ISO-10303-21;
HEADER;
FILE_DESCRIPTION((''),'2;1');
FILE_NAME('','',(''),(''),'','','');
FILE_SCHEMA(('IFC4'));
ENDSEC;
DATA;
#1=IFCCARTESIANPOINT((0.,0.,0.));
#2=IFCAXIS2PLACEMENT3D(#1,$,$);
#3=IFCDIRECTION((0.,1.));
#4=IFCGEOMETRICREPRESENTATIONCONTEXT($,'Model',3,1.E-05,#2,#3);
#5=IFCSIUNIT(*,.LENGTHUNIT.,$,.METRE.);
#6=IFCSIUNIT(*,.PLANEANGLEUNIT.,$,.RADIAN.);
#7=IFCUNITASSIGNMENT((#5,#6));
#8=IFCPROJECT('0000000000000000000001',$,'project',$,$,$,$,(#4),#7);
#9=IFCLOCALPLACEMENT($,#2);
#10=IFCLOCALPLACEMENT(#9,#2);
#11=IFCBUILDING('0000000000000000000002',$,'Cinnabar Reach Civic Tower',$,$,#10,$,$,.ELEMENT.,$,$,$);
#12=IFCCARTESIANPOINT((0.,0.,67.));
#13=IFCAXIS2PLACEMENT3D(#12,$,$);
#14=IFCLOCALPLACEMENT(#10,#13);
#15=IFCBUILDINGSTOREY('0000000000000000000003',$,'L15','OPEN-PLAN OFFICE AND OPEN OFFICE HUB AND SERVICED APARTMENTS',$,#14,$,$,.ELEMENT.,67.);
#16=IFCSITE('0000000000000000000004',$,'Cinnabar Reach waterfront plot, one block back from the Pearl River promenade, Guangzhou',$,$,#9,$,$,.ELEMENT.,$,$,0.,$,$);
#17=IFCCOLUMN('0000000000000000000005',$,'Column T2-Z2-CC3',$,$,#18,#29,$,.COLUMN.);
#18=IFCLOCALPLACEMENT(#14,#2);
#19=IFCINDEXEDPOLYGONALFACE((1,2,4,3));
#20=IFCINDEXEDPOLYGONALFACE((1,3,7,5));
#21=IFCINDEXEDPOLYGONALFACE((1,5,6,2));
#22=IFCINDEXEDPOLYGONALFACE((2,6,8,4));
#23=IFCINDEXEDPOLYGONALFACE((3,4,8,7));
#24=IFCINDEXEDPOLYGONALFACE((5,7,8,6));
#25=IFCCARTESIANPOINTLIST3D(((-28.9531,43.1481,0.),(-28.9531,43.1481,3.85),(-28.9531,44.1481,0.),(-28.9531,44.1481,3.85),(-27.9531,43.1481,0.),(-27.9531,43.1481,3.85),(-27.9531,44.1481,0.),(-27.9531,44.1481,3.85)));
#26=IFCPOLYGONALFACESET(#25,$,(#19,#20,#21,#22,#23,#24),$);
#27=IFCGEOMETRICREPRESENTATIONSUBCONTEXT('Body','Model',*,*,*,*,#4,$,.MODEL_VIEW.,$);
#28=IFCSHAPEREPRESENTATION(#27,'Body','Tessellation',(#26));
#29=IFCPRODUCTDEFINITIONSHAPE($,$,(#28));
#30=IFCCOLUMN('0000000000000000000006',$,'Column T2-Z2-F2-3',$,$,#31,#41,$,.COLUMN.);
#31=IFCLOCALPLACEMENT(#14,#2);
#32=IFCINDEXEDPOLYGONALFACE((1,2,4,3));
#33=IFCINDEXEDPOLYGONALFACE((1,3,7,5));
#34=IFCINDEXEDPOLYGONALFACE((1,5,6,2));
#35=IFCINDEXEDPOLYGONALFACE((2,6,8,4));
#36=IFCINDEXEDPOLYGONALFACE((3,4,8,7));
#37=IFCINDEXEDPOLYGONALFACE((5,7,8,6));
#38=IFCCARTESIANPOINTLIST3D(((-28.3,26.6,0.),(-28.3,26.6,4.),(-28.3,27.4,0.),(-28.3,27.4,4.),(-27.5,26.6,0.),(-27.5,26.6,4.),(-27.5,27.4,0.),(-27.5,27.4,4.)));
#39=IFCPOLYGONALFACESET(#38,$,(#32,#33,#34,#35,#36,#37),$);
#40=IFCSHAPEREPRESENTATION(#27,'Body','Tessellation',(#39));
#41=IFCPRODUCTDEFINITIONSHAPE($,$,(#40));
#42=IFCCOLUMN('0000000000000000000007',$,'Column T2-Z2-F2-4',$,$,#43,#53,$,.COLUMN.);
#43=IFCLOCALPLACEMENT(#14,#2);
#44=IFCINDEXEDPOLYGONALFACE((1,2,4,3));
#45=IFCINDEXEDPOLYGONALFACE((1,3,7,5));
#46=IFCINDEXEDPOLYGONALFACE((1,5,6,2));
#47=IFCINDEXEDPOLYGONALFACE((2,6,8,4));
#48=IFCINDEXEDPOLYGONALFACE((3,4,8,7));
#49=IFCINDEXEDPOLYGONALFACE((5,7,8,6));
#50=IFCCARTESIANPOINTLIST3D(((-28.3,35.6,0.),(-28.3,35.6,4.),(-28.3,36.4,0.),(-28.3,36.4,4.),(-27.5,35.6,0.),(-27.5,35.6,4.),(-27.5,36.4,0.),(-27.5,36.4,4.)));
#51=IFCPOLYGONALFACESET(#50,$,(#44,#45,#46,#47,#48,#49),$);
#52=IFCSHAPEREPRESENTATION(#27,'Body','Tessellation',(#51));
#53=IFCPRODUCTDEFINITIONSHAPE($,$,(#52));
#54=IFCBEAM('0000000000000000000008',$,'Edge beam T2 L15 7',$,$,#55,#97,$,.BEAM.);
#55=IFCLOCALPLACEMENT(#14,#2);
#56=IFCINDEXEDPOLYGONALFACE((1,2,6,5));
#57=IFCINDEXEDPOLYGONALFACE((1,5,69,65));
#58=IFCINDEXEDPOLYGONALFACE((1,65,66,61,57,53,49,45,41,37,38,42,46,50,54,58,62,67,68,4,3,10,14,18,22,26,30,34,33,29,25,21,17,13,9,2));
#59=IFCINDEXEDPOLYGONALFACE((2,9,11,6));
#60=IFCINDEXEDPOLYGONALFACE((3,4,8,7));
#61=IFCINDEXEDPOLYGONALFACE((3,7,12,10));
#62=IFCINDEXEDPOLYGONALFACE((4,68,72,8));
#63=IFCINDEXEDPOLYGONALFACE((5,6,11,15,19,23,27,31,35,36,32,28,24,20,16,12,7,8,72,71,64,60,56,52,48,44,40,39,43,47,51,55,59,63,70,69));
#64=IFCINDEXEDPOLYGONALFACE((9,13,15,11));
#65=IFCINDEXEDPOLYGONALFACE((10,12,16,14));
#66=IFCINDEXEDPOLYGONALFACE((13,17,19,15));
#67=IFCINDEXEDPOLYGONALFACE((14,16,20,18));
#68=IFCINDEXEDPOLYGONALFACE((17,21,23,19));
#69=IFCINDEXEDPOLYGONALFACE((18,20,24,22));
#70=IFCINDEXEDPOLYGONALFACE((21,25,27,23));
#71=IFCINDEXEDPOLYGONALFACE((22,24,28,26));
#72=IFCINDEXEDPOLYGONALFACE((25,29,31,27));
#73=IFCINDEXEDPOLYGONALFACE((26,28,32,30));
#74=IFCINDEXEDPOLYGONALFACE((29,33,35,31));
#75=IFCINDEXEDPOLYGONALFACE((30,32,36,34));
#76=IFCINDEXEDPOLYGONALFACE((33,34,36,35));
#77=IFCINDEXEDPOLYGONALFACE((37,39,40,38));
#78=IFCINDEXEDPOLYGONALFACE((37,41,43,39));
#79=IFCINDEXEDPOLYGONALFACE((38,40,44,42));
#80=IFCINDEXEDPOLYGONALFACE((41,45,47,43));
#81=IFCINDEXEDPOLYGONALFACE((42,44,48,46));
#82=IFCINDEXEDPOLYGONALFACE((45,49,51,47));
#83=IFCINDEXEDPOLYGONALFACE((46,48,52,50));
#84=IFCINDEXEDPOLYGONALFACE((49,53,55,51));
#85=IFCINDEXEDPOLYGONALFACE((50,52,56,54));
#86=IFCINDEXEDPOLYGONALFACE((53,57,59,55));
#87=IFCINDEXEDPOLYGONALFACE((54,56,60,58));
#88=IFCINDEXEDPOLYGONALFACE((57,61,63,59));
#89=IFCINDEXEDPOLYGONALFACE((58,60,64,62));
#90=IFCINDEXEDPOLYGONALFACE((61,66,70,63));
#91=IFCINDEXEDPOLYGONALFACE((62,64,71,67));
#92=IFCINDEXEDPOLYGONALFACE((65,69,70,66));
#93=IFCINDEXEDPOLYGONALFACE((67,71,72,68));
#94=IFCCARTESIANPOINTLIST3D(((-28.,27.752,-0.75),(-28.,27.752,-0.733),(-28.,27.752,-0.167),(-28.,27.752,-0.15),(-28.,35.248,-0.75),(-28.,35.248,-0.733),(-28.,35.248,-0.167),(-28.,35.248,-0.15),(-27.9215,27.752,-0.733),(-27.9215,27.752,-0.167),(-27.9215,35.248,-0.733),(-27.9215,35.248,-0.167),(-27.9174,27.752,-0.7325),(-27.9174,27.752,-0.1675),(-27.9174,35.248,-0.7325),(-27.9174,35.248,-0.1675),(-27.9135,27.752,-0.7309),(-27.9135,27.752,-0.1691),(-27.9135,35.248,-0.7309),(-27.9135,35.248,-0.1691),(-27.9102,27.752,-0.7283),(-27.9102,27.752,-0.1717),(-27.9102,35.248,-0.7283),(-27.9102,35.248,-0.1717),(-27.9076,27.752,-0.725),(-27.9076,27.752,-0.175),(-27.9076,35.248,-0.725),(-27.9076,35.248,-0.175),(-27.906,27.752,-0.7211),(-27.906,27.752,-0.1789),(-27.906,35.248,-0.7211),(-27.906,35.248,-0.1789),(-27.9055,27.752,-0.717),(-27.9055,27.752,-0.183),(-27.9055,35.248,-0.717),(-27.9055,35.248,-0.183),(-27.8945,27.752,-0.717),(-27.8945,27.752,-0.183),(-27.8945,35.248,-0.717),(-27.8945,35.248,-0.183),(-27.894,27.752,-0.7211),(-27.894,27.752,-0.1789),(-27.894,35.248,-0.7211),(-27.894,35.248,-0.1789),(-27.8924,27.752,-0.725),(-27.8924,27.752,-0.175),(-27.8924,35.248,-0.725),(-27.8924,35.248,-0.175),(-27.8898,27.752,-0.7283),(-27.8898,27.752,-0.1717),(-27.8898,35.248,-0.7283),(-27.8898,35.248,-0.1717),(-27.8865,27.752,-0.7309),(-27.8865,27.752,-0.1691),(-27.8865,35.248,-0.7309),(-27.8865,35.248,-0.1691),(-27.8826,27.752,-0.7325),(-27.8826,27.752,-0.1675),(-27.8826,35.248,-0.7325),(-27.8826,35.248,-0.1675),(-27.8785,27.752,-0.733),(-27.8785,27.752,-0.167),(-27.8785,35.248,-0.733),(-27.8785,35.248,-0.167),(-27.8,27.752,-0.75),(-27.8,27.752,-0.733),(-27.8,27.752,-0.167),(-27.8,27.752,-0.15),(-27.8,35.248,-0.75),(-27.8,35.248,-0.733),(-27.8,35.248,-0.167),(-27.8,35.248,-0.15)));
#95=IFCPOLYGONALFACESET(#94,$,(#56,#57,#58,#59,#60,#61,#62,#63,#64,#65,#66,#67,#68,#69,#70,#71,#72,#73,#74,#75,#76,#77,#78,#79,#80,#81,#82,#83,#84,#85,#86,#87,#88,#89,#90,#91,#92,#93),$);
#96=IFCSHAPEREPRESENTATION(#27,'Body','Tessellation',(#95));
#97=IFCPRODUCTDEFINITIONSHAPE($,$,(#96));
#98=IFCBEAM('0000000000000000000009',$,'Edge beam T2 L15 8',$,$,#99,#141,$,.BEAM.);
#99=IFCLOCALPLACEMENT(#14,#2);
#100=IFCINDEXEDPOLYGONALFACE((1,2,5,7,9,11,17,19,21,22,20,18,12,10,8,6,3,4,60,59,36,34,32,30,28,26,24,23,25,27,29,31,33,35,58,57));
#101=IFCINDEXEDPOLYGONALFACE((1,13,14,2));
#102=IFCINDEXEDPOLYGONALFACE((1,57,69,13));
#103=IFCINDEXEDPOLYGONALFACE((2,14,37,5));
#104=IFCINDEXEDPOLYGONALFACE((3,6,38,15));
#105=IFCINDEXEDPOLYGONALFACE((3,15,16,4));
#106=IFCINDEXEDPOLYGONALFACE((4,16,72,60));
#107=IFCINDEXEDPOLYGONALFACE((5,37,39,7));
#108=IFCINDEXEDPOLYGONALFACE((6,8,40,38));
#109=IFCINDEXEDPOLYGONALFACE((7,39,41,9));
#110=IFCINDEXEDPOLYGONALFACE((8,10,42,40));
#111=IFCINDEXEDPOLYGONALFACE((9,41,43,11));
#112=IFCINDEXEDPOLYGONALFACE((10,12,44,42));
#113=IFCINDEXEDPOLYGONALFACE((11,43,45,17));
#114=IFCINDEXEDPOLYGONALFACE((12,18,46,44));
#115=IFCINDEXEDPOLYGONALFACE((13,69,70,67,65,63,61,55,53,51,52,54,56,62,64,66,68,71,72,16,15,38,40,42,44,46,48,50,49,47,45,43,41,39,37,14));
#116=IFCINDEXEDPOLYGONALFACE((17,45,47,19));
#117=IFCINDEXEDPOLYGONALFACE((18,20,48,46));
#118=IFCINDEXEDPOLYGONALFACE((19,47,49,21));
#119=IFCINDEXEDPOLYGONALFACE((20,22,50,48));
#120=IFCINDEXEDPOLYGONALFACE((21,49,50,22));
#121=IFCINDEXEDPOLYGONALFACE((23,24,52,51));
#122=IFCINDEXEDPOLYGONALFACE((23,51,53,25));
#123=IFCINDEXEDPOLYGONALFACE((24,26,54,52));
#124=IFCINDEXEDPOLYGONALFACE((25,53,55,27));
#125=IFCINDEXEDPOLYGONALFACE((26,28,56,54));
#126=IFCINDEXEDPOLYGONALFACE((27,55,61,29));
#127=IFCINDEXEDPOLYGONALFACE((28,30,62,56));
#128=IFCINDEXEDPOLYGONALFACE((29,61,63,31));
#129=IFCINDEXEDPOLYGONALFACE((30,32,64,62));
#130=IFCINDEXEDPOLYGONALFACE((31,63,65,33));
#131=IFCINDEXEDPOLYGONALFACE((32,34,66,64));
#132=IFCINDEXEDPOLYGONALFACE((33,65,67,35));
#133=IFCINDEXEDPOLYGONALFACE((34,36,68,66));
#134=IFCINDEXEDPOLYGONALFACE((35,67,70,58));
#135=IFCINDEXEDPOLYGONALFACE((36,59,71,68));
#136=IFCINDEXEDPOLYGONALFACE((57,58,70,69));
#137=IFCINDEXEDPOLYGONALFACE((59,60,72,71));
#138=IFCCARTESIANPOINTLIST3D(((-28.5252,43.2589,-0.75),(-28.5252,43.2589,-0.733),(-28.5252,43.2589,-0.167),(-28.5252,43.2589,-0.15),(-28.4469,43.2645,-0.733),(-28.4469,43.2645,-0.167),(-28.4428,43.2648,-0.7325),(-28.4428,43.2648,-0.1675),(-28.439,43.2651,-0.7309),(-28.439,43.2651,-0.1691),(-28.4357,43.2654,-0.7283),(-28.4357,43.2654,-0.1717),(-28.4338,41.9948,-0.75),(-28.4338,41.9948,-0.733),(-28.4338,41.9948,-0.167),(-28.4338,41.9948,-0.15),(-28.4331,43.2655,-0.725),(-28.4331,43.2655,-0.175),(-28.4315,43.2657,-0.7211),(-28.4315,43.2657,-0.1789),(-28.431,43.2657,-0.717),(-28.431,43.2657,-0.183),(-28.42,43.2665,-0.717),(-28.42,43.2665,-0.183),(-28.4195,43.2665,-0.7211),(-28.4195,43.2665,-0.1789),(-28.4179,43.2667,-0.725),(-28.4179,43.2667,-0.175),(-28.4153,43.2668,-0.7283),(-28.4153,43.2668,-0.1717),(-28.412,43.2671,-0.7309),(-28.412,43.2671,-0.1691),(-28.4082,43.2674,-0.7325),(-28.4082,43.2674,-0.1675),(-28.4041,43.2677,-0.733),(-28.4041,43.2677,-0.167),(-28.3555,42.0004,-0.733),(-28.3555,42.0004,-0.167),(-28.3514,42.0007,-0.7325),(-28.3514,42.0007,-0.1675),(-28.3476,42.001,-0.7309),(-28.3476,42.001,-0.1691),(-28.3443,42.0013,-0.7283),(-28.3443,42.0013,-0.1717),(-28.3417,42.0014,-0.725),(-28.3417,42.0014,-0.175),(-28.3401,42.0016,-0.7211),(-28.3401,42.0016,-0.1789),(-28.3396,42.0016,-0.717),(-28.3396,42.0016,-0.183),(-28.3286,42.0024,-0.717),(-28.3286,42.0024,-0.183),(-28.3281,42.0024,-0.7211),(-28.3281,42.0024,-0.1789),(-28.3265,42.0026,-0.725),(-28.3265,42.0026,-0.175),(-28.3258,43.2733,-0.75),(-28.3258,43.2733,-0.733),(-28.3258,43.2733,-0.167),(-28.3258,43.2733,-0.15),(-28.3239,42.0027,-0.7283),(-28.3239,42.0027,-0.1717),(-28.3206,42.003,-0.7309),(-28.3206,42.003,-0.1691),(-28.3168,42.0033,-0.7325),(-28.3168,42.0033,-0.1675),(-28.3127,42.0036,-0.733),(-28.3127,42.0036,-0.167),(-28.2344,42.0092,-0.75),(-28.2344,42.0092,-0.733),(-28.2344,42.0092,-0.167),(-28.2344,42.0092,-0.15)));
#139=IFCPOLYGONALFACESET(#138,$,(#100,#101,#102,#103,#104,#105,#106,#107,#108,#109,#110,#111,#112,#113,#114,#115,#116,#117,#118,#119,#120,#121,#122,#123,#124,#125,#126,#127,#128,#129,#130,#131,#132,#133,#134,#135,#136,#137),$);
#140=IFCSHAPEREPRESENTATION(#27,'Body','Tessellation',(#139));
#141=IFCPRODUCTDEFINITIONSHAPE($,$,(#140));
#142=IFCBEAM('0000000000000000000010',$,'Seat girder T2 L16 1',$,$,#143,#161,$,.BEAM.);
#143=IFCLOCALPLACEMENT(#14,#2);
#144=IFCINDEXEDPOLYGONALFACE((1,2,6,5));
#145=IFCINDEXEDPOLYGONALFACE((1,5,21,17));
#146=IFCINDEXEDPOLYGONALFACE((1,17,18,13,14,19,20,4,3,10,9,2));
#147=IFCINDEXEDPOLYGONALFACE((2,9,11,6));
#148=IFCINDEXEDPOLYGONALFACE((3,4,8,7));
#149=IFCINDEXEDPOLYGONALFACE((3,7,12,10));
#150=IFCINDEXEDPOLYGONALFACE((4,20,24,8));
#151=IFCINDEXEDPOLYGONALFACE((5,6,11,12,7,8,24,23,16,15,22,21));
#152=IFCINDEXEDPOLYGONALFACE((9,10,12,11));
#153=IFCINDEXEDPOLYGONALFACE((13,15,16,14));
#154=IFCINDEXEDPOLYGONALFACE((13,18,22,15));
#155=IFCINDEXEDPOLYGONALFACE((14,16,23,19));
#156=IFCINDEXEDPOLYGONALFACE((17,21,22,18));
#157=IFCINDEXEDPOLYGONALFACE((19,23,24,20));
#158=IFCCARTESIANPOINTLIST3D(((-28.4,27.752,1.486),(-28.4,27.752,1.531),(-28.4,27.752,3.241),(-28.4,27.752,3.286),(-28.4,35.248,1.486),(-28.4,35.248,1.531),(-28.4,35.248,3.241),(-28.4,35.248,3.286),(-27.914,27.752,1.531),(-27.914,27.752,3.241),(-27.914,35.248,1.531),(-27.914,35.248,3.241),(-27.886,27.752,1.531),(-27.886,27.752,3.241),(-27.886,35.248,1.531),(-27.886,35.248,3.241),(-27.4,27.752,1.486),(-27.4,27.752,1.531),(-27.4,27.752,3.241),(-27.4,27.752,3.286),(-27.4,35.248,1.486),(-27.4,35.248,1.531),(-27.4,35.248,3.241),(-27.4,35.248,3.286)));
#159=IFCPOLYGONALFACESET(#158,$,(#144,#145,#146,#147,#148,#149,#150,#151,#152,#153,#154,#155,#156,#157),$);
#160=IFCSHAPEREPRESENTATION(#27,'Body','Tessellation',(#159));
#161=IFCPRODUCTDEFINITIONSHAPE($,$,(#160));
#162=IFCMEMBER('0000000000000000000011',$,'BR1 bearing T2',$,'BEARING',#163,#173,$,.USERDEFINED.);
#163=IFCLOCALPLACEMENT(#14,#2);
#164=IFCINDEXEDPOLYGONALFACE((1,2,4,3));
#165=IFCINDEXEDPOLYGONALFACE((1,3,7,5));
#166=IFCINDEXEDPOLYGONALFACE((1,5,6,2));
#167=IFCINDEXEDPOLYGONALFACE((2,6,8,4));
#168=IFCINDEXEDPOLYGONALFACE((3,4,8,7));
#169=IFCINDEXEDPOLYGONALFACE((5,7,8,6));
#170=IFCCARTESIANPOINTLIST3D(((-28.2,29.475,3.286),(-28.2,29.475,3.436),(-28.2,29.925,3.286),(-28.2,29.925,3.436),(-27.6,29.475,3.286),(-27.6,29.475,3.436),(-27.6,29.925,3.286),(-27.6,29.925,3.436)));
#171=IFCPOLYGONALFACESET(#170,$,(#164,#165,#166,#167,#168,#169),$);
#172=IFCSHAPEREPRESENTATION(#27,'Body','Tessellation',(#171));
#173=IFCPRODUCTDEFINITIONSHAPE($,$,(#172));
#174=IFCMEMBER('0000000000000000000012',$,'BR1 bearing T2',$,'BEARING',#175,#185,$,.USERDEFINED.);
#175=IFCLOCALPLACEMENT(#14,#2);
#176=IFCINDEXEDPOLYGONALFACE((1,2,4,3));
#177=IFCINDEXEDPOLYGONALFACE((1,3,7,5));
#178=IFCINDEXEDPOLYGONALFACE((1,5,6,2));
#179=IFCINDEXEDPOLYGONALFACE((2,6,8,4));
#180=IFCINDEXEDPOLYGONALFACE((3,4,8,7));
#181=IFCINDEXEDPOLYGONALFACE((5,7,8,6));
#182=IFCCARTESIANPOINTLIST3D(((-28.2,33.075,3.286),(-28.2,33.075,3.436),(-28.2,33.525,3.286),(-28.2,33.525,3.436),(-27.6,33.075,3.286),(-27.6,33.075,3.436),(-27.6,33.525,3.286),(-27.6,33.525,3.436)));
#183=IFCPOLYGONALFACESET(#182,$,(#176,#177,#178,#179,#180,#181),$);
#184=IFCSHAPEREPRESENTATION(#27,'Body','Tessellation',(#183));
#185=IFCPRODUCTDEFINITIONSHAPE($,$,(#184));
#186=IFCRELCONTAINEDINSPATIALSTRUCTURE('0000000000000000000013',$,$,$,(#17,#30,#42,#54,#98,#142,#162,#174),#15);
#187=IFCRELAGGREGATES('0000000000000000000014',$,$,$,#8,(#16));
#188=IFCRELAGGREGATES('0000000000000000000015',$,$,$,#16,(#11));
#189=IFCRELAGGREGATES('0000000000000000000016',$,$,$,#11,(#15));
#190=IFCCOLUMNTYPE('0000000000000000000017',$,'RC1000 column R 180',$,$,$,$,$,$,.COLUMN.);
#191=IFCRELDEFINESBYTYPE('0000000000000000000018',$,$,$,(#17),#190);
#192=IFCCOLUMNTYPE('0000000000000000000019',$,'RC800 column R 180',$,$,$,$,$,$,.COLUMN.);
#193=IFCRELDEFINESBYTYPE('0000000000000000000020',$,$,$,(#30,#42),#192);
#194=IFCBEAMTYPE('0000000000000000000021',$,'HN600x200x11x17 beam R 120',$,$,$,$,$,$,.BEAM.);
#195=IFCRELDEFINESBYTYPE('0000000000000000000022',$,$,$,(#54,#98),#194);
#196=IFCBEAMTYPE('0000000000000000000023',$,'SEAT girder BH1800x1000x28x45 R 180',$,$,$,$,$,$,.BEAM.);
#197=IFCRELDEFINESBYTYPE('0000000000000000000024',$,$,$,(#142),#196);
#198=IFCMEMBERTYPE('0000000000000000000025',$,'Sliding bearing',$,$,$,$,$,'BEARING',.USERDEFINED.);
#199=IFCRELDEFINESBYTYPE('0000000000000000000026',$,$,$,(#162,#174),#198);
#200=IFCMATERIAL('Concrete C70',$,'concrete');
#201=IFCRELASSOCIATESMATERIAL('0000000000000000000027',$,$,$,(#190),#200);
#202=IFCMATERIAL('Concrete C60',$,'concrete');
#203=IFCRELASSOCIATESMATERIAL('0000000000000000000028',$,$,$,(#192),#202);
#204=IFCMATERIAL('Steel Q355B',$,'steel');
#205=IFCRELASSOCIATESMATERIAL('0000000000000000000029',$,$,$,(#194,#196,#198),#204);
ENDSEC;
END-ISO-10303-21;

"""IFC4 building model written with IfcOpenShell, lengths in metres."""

from ifc_helpers import new_model, si_unit, direction, frame, origin, origin_2d, place, context, subcontext, project, spatial, rectangle, i_section, extrude, material, material_profile, profile_set, type_object, element, save


model = new_model("IFC4")

# Units and contexts
model_context = context("Model", 3, precision=1e-05, world=origin(), true_north=direction((0.0, 1.0)))
body_context = subcontext(model_context, "Body", "Model", "MODEL_VIEW")
ifc_project = project(units=[si_unit("LENGTHUNIT", "METRE"), si_unit("PLANEANGLEUNIT", "RADIAN")], contexts=[model_context])

# Site, building, storey
site_placement = place(None, origin())
site = spatial("IfcSite", under=ifc_project, at=site_placement, Name="Cinnabar Reach waterfront plot, one block back from the Pearl River promenade, Guangzhou", CompositionType="ELEMENT", RefElevation=0.0)
building_placement = place(site_placement, origin())
building = spatial("IfcBuilding", under=site, at=building_placement, Name="Cinnabar Reach Civic Tower", CompositionType="ELEMENT")
storey_placement = place(building_placement, frame((0.0, 0.0, 67.0)))
storey = spatial("IfcBuildingStorey", under=building, at=storey_placement, Name="L15", Description="OPEN-PLAN OFFICE AND OPEN OFFICE HUB AND SERVICED APARTMENTS", CompositionType="ELEMENT", Elevation=67.0)

# Columns
ifc_material_1 = material(Name="Concrete C70", Category="concrete")
ifc_material_profile_1 = material_profile(ifc_material_1, rectangle(XDim=1.0, YDim=1.0, at=origin_2d()), Name="RC1000")
ifc_profile_set_1 = profile_set([ifc_material_profile_1], Name="Concrete C70")
column_type_1 = type_object("IfcColumnType", Name="RC1000 column R 180", PredefinedType="COLUMN", material=ifc_profile_set_1)
column_placement = place(storey_placement, frame((-28.4531, 43.6481, 0.0), z_axis=(0.0, 0.0, 1.0), x_axis=(1.0, 0.0, 0.0)))
element("IfcColumn", 1, at=column_placement, inside=storey, type_object=column_type_1, Name="Column T2-Z2-CC3", PredefinedType="COLUMN", context=body_context, shape_type="SweptSolid", body=[
    extrude(rectangle(XDim=1.0, YDim=1.0, at=origin_2d()), origin(), (0.0, 0.0, 1.0), 3.85),
])
ifc_material_2 = material(Name="Concrete C60", Category="concrete")
ifc_material_profile_2 = material_profile(ifc_material_2, rectangle(XDim=0.8, YDim=0.8, at=origin_2d()), Name="RC800")
ifc_profile_set_2 = profile_set([ifc_material_profile_2], Name="Concrete C60")
column_type_2 = type_object("IfcColumnType", Name="RC800 column R 180", PredefinedType="COLUMN", material=ifc_profile_set_2)
for number, where, z_axis, x_axis, name in (
    (2, (-27.9, 27.0, 0.0), (0.0, 0.0, 1.0), (1.0, 0.0, 0.0), "Column T2-Z2-F2-3"),
    (3, (-27.9, 36.0, 0.0), (0.0, 0.0, 1.0), (1.0, 0.0, 0.0), "Column T2-Z2-F2-4"),
):
    element("IfcColumn", number, at=place(storey_placement, frame(where, z_axis=z_axis, x_axis=x_axis)), inside=storey, type_object=column_type_2, Name=name, PredefinedType="COLUMN", context=body_context, shape_type="SweptSolid", body=[
        extrude(rectangle(XDim=0.8, YDim=0.8, at=origin_2d()), origin(), (0.0, 0.0, 1.0), 4.0),
    ])

# Beams
ifc_material_3 = material(Name="Steel Q355B", Category="steel")
ifc_material_profile_3 = material_profile(ifc_material_3, i_section(OverallWidth=0.2, OverallDepth=0.6, WebThickness=0.011, FlangeThickness=0.017, FilletRadius=0.016, at=origin_2d()), Name="HN600x200x11x17")
ifc_profile_set_3 = profile_set([ifc_material_profile_3], Name="Steel Q355B")
beam_type_1 = type_object("IfcBeamType", Name="HN600x200x11x17 beam R 120", PredefinedType="BEAM", material=ifc_profile_set_3)
beam_1_placement = place(storey_placement, frame((-27.9, 27.752, -0.45), z_axis=(0.0, 1.0, 0.0), x_axis=(-1.0, 0.0, 0.0)))
element("IfcBeam", 4, at=beam_1_placement, inside=storey, type_object=beam_type_1, Name="Edge beam T2 L15 7", PredefinedType="BEAM", context=body_context, shape_type="SweptSolid", body=[
    extrude(i_section(OverallWidth=0.2, OverallDepth=0.6, WebThickness=0.011, FlangeThickness=0.017, FilletRadius=0.016, at=origin_2d()), origin(), (0.0, 0.0, 1.0), 7.496),
])
beam_2_placement = place(storey_placement, frame((-28.3341, 42.002, -0.45), z_axis=(-0.072116, 0.997396, 0.0), x_axis=(-0.997396, -0.072116, 0.0)))
element("IfcBeam", 5, at=beam_2_placement, inside=storey, type_object=beam_type_1, Name="Edge beam T2 L15 8", PredefinedType="BEAM", context=body_context, shape_type="SweptSolid", body=[
    extrude(i_section(OverallWidth=0.2, OverallDepth=0.6, WebThickness=0.011, FlangeThickness=0.017, FilletRadius=0.016, at=origin_2d()), origin(), (0.0, 0.0, 1.0), 1.2674),
])
ifc_material_profile_4 = material_profile(ifc_material_3, i_section(OverallWidth=1.0, OverallDepth=1.8, WebThickness=0.028, FlangeThickness=0.045, at=origin_2d()), Name="BH1800x1000x28x45")
ifc_profile_set_4 = profile_set([ifc_material_profile_4], Name="Steel Q355B")
beam_type_2 = type_object("IfcBeamType", Name="SEAT girder BH1800x1000x28x45 R 180", PredefinedType="BEAM", material=ifc_profile_set_4)
beam_3_placement = place(storey_placement, frame((-27.9, 27.752, 2.386), z_axis=(0.0, 1.0, 0.0), x_axis=(-1.0, 0.0, 0.0)))
element("IfcBeam", 6, at=beam_3_placement, inside=storey, type_object=beam_type_2, Name="Seat girder T2 L16 1", PredefinedType="BEAM", context=body_context, shape_type="SweptSolid", body=[
    extrude(i_section(OverallWidth=1.0, OverallDepth=1.8, WebThickness=0.028, FlangeThickness=0.045, at=origin_2d()), origin(), (0.0, 0.0, 1.0), 7.496),
])

# Members
member_type_1 = type_object("IfcMemberType", Name="Sliding bearing", ElementType="BEARING", PredefinedType="USERDEFINED", material=ifc_material_3)
for number, where, z_axis, x_axis, name in (
    (7, (-27.9, 29.7, 3.286), (0.0, 0.0, 1.0), (1.0, 0.0, 0.0), "BR1 bearing T2"),
    (8, (-27.9, 33.3, 3.286), (0.0, 0.0, 1.0), (1.0, 0.0, 0.0), "BR1 bearing T2"),
):
    element("IfcMember", number, at=place(storey_placement, frame(where, z_axis=z_axis, x_axis=x_axis)), inside=storey, type_object=member_type_1, Name=name, ObjectType="BEARING", PredefinedType="USERDEFINED", context=body_context, shape_type="SweptSolid", body=[
        extrude(rectangle(XDim=0.6, YDim=0.45, at=origin_2d()), origin(), (0.0, 0.0, 1.0), 0.15),
    ])

save(model, "model.ifc")
